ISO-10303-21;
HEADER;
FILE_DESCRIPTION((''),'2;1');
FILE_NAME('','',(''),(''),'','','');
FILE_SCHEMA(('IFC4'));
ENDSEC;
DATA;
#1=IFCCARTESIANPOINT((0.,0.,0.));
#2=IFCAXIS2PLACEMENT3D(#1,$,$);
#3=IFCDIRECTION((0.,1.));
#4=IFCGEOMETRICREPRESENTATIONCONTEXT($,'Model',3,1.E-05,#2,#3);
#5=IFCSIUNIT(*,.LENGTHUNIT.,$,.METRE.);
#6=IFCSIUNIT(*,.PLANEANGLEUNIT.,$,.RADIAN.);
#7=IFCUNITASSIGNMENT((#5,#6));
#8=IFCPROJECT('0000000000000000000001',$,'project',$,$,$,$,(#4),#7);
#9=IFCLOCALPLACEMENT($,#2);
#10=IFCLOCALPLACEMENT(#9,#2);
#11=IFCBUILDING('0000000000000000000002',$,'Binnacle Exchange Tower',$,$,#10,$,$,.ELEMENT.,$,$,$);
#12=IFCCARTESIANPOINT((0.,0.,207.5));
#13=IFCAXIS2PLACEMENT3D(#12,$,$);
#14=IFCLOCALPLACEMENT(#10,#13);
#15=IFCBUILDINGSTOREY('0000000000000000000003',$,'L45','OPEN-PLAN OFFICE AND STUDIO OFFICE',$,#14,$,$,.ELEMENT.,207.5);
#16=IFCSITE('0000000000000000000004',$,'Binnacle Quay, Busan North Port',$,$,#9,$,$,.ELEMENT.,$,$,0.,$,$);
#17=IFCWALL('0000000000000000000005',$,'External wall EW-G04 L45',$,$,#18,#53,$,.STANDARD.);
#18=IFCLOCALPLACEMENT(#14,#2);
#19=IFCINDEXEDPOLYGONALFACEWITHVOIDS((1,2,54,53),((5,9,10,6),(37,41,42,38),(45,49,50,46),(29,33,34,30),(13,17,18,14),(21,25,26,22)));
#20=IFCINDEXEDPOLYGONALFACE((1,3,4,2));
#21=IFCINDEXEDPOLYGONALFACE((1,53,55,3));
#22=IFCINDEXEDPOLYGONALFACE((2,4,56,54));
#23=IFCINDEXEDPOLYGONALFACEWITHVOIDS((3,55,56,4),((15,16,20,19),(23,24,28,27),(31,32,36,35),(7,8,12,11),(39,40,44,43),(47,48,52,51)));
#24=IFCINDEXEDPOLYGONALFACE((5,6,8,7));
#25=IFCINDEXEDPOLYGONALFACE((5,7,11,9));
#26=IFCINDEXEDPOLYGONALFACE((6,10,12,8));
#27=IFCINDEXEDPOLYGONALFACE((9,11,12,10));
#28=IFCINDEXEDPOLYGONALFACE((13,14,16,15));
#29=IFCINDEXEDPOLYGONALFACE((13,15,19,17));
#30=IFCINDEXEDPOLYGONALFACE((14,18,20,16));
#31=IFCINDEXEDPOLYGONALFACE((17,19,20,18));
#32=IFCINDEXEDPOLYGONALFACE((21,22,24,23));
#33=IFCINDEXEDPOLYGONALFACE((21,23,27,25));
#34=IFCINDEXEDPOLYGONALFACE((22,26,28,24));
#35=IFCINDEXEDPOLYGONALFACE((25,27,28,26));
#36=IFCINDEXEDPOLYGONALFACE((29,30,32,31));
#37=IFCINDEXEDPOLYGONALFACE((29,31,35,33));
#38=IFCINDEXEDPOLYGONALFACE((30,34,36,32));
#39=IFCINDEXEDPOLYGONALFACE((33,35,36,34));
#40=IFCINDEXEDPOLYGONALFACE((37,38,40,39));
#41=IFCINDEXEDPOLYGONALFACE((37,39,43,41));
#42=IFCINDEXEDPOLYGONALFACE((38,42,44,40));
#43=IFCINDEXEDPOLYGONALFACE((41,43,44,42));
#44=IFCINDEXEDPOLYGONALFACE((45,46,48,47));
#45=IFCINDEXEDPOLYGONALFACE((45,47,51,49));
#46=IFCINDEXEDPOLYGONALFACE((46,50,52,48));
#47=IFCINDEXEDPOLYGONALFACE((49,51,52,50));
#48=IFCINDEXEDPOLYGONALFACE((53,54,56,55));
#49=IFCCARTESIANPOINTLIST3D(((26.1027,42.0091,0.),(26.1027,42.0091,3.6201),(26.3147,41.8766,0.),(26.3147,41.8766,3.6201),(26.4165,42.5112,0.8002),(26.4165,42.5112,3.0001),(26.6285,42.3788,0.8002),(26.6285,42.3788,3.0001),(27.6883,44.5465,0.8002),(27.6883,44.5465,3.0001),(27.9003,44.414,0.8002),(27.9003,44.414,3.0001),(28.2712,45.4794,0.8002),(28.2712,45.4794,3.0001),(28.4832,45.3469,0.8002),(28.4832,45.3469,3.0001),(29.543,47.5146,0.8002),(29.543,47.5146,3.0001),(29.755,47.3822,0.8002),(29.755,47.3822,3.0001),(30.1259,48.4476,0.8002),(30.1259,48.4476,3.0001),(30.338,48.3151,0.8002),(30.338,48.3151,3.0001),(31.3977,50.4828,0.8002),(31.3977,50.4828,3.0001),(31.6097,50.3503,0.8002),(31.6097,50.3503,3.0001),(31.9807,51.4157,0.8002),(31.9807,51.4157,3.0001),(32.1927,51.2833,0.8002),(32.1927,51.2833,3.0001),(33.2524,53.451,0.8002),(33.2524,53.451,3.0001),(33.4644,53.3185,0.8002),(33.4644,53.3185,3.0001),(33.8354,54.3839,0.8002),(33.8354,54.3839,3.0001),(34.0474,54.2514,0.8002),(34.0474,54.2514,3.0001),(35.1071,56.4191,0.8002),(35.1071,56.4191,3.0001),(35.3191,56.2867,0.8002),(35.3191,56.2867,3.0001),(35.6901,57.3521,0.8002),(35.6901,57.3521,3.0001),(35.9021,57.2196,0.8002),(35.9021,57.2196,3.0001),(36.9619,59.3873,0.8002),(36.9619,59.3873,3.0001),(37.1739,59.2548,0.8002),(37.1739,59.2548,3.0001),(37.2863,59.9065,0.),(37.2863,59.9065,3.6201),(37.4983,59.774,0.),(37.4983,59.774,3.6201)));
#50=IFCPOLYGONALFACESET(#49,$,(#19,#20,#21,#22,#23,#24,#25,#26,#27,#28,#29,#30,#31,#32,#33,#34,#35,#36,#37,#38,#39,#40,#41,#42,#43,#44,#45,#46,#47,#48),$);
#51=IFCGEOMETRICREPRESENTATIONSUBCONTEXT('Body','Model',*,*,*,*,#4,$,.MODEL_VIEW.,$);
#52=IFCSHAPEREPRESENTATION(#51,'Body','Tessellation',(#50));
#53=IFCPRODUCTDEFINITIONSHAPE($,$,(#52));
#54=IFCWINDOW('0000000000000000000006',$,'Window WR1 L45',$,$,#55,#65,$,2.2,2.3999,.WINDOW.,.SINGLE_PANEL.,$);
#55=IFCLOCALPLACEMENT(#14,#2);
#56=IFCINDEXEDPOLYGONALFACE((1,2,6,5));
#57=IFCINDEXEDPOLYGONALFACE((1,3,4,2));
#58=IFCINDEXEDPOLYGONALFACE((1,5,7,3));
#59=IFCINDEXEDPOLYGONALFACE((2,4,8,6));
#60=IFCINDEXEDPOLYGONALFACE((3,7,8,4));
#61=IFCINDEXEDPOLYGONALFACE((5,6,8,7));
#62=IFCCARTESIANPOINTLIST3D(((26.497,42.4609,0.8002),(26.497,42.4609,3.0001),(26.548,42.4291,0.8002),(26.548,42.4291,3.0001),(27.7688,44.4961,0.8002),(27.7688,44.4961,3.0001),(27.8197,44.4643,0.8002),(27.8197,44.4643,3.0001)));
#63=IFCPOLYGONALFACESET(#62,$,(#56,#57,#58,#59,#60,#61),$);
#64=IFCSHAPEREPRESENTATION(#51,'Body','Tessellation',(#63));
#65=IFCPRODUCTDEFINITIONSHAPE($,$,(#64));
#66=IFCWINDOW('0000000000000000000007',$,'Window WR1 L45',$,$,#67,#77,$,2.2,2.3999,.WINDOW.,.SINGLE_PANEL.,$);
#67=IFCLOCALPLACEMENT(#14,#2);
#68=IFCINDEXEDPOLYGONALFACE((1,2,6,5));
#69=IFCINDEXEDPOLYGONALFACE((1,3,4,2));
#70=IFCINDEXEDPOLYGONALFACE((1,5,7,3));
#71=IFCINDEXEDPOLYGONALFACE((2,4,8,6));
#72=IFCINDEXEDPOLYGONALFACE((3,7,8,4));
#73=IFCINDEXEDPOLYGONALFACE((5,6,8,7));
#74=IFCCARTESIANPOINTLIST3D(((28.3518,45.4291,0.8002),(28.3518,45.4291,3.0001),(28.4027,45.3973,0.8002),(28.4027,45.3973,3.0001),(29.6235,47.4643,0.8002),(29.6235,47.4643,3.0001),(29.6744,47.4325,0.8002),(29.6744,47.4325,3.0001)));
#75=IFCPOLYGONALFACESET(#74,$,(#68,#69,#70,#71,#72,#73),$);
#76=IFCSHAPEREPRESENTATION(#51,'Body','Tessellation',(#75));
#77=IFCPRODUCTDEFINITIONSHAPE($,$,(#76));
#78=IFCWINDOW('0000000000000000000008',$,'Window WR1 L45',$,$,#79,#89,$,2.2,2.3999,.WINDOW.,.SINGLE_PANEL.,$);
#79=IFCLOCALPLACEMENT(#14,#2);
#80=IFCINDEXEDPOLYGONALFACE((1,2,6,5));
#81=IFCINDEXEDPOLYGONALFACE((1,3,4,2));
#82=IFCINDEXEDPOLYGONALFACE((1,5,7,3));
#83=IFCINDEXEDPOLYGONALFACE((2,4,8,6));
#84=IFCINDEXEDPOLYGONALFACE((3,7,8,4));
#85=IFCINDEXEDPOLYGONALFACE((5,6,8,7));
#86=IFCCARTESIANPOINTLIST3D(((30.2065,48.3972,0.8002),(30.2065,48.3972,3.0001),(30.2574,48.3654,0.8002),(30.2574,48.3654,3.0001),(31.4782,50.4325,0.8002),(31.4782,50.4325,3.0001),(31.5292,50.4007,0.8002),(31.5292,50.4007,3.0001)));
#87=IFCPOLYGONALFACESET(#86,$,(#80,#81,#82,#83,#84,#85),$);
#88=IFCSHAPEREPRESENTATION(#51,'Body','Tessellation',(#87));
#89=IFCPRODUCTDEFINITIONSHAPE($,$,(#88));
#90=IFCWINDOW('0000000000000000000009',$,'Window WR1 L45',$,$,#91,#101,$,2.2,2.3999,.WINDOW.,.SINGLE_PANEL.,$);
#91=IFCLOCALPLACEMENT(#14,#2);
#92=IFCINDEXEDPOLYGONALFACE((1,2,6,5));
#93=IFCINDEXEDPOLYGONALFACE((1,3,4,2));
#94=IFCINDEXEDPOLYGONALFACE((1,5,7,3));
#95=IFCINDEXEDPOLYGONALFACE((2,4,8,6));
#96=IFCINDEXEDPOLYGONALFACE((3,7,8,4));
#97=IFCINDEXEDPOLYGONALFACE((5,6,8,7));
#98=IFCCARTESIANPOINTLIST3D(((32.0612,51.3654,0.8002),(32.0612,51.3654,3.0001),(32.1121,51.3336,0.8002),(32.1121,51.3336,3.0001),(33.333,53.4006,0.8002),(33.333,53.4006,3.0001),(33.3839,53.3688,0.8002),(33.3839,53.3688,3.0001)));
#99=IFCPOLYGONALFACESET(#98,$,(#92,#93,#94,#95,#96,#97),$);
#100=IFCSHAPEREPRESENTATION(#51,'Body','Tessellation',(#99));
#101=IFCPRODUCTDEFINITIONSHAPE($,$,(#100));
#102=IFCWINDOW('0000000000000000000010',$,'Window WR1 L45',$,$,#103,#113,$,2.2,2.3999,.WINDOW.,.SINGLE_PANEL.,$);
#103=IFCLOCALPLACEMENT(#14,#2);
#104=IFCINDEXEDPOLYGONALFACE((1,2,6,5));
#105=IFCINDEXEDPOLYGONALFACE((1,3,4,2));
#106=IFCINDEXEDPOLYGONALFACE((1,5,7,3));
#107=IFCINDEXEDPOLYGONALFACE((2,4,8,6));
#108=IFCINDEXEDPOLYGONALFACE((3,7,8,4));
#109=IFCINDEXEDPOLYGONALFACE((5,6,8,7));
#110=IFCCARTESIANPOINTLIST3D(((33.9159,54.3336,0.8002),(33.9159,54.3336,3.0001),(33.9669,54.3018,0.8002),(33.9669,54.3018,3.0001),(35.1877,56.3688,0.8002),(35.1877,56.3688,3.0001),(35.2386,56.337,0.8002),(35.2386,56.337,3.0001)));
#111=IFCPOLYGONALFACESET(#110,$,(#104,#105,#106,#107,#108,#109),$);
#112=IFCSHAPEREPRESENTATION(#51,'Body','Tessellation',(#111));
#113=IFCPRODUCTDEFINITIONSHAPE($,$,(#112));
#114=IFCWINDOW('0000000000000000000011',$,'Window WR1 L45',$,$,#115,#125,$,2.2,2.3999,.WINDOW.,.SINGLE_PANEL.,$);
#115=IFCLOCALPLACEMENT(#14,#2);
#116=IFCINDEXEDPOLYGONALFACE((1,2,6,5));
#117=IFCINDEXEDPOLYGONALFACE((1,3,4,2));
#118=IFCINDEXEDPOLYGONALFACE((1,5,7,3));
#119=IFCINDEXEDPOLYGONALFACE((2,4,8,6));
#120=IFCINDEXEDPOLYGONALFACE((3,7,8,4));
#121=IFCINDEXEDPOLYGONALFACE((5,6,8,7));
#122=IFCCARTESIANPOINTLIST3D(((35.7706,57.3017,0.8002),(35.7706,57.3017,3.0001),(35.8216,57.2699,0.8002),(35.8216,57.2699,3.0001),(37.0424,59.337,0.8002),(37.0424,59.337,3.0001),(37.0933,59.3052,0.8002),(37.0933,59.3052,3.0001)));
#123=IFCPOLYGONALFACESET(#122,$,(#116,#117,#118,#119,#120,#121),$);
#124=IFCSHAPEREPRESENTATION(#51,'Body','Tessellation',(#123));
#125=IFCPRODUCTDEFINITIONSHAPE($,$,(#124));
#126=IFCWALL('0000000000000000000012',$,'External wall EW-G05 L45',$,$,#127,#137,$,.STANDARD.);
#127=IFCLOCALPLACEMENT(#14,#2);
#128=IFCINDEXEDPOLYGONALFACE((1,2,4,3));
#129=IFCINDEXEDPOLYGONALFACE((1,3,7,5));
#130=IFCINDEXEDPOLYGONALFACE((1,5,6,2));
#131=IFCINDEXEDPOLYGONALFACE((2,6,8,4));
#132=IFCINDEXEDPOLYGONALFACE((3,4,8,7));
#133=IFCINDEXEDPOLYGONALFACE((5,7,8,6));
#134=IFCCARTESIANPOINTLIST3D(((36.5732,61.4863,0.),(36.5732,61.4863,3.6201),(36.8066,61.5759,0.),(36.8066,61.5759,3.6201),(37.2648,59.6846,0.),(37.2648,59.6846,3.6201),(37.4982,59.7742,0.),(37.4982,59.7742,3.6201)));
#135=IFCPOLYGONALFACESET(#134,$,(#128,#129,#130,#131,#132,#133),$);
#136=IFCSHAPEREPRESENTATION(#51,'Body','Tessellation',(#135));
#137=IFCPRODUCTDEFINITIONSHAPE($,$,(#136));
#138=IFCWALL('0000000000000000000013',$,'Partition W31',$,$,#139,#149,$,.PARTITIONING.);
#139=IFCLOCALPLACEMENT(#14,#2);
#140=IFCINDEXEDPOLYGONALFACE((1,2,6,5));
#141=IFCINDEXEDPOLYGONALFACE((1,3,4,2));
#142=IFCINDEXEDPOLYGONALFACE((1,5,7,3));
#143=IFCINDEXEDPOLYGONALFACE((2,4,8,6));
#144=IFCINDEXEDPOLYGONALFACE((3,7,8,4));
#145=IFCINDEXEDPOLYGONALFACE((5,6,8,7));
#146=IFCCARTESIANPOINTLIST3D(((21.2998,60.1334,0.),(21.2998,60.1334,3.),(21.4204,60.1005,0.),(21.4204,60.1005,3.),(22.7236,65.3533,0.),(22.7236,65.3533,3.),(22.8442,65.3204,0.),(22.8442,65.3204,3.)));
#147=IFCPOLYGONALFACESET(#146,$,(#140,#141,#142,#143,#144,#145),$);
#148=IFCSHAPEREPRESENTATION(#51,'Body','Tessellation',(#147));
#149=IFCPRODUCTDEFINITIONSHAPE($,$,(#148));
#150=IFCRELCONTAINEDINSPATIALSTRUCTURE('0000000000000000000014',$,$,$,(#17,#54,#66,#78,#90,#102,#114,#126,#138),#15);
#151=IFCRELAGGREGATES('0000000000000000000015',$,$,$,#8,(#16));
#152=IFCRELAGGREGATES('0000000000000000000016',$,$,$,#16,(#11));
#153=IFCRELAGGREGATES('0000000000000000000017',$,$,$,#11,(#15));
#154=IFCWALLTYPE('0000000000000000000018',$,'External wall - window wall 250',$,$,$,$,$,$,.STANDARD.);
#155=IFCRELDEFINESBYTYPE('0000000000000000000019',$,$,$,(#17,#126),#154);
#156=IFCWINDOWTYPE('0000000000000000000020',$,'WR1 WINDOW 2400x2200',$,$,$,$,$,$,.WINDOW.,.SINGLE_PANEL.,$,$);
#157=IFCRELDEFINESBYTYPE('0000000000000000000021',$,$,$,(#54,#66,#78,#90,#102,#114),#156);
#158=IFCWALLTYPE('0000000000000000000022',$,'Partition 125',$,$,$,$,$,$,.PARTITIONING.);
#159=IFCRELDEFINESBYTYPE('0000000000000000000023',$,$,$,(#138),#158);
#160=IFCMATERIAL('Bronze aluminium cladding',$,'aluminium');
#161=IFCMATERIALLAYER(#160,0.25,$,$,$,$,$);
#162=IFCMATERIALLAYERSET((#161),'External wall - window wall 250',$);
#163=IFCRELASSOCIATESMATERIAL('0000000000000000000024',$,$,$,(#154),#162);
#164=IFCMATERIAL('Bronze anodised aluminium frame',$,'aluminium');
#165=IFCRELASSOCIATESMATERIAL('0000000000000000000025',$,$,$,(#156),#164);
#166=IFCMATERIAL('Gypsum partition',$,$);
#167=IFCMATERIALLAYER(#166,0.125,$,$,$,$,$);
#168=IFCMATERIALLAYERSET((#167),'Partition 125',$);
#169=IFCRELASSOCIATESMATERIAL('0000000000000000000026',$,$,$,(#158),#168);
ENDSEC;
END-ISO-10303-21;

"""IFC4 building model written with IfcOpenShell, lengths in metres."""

from ifc_helpers import new_model, si_unit, direction, frame, frame_2d, origin, place, context, subcontext, project, spatial, rectangle, extrude, material, layer, layer_set, type_object, element, fill, save


model = new_model("IFC4")

# Units and contexts
model_context = context("Model", 3, precision=1e-05, world=origin(), true_north=direction((0.0, 1.0)))
body_context = subcontext(model_context, "Body", "Model", "MODEL_VIEW")
ifc_project = project(units=[si_unit("LENGTHUNIT", "METRE"), si_unit("PLANEANGLEUNIT", "RADIAN")], contexts=[model_context])

# Site, building, storey
site_placement = place(None, origin())
site = spatial("IfcSite", under=ifc_project, at=site_placement, Name="Binnacle Quay, Busan North Port", CompositionType="ELEMENT", RefElevation=0.0)
building_placement = place(site_placement, origin())
building = spatial("IfcBuilding", under=site, at=building_placement, Name="Binnacle Exchange Tower", CompositionType="ELEMENT")
storey_placement = place(building_placement, frame((0.0, 0.0, 207.5)))
storey = spatial("IfcBuildingStorey", under=building, at=storey_placement, Name="L45", Description="OPEN-PLAN OFFICE AND STUDIO OFFICE", CompositionType="ELEMENT", Elevation=207.5)

# Wall, openings, windows
ifc_material_1 = material(Name="Bronze aluminium cladding", Category="aluminium")
ifc_layer_1 = layer(ifc_material_1, 0.25)
ifc_layer_set_1 = layer_set([ifc_layer_1], Name="External wall - window wall 250")
wall_type_1 = type_object("IfcWallType", Name="External wall - window wall 250", PredefinedType="STANDARD", material=ifc_layer_set_1)
wall_1_placement = place(storey_placement, frame((37.3923, 59.8403, 0.0), z_axis=(0.0, 0.0, 1.0), x_axis=(-0.52992, -0.848048, 0.0)))
wall_1 = element("IfcWall", 1, at=wall_1_placement, inside=storey, type_object=wall_type_1, Name="External wall EW-G04 L45", PredefinedType="STANDARD", context=body_context, shape_type="SweptSolid", body=[
    extrude(rectangle(XDim=21.1042, YDim=0.25, at=frame_2d((10.5522, 0.0))), origin(), (0.0, 0.0, 1.0), 3.6201),
])
opening_1_placement = place(wall_1_placement, frame((18.1123, 0.0, 0.8)))
opening_1 = element("IfcOpeningElement", 2, at=opening_1_placement, cuts=wall_1, PredefinedType="OPENING", context=body_context, shape_type="SweptSolid", body=[
    extrude(rectangle(XDim=2.3999, YDim=2.2, at=frame_2d((1.2, 1.1001))), frame((0.0, 0.135, 0.0), z_axis=(0.0, -1.0, 0.0), x_axis=(1.0, 0.0, 0.0)), (0.0, 0.0, 1.0), 0.27),
])
opening_2_placement = place(wall_1_placement, frame((14.6123, 0.0, 0.8)))
opening_2 = element("IfcOpeningElement", 3, at=opening_2_placement, cuts=wall_1, PredefinedType="OPENING", context=body_context, shape_type="SweptSolid", body=[
    extrude(rectangle(XDim=2.3999, YDim=2.2, at=frame_2d((1.2, 1.1001))), frame((0.0, 0.135, 0.0), z_axis=(0.0, -1.0, 0.0), x_axis=(1.0, 0.0, 0.0)), (0.0, 0.0, 1.0), 0.27),
])
opening_3_placement = place(wall_1_placement, frame((11.1123, 0.0, 0.8)))
opening_3 = element("IfcOpeningElement", 4, at=opening_3_placement, cuts=wall_1, PredefinedType="OPENING", context=body_context, shape_type="SweptSolid", body=[
    extrude(rectangle(XDim=2.3999, YDim=2.2, at=frame_2d((1.2, 1.1001))), frame((0.0, 0.135, 0.0), z_axis=(0.0, -1.0, 0.0), x_axis=(1.0, 0.0, 0.0)), (0.0, 0.0, 1.0), 0.27),
])
opening_4_placement = place(wall_1_placement, frame((7.6123, 0.0, 0.8)))
opening_4 = element("IfcOpeningElement", 5, at=opening_4_placement, cuts=wall_1, PredefinedType="OPENING", context=body_context, shape_type="SweptSolid", body=[
    extrude(rectangle(XDim=2.3999, YDim=2.2, at=frame_2d((1.2, 1.1001))), frame((0.0, 0.135, 0.0), z_axis=(0.0, -1.0, 0.0), x_axis=(1.0, 0.0, 0.0)), (0.0, 0.0, 1.0), 0.27),
])
opening_5_placement = place(wall_1_placement, frame((4.1123, 0.0, 0.8)))
opening_5 = element("IfcOpeningElement", 6, at=opening_5_placement, cuts=wall_1, PredefinedType="OPENING", context=body_context, shape_type="SweptSolid", body=[
    extrude(rectangle(XDim=2.3999, YDim=2.2, at=frame_2d((1.2, 1.1001))), frame((0.0, 0.135, 0.0), z_axis=(0.0, -1.0, 0.0), x_axis=(1.0, 0.0, 0.0)), (0.0, 0.0, 1.0), 0.27),
])
opening_6_placement = place(wall_1_placement, frame((0.6123, 0.0, 0.8)))
opening_6 = element("IfcOpeningElement", 7, at=opening_6_placement, cuts=wall_1, PredefinedType="OPENING", context=body_context, shape_type="SweptSolid", body=[
    extrude(rectangle(XDim=2.3999, YDim=2.2, at=frame_2d((1.2, 1.1001))), frame((0.0, 0.135, 0.0), z_axis=(0.0, -1.0, 0.0), x_axis=(1.0, 0.0, 0.0)), (0.0, 0.0, 1.0), 0.27),
])
ifc_material_2 = material(Name="Bronze anodised aluminium frame", Category="aluminium")
window_type = type_object("IfcWindowType", Name="WR1 WINDOW 2400x2200", PartitioningType="SINGLE_PANEL", PredefinedType="WINDOW", material=ifc_material_2)
window_1_placement = place(opening_1_placement, origin())
window_1 = element("IfcWindow", 8, at=window_1_placement, inside=storey, type_object=window_type, Name="Window WR1 L45", OverallHeight=2.2, OverallWidth=2.3999, PartitioningType="SINGLE_PANEL", PredefinedType="WINDOW", context=body_context, shape_type="SweptSolid", body=[
    extrude(rectangle(XDim=2.3999, YDim=2.2, at=frame_2d((1.2, 1.1001))), frame((0.0, 0.03, 0.0), z_axis=(0.0, -1.0, 0.0), x_axis=(1.0, 0.0, 0.0)), (0.0, 0.0, 1.0), 0.0601),
])
fill(opening_1, window_1)
window_2_placement = place(opening_2_placement, origin())
window_2 = element("IfcWindow", 9, at=window_2_placement, inside=storey, type_object=window_type, Name="Window WR1 L45", OverallHeight=2.2, OverallWidth=2.3999, PartitioningType="SINGLE_PANEL", PredefinedType="WINDOW", context=body_context, shape_type="SweptSolid", body=[
    extrude(rectangle(XDim=2.3999, YDim=2.2, at=frame_2d((1.2, 1.1001))), frame((0.0, 0.03, 0.0), z_axis=(0.0, -1.0, 0.0), x_axis=(1.0, 0.0, 0.0)), (0.0, 0.0, 1.0), 0.0601),
])
fill(opening_2, window_2)
window_3_placement = place(opening_3_placement, origin())
window_3 = element("IfcWindow", 10, at=window_3_placement, inside=storey, type_object=window_type, Name="Window WR1 L45", OverallHeight=2.2, OverallWidth=2.3999, PartitioningType="SINGLE_PANEL", PredefinedType="WINDOW", context=body_context, shape_type="SweptSolid", body=[
    extrude(rectangle(XDim=2.3999, YDim=2.2, at=frame_2d((1.2, 1.1001))), frame((0.0, 0.03, 0.0), z_axis=(0.0, -1.0, 0.0), x_axis=(1.0, 0.0, 0.0)), (0.0, 0.0, 1.0), 0.0601),
])
fill(opening_3, window_3)
window_4_placement = place(opening_4_placement, origin())
window_4 = element("IfcWindow", 11, at=window_4_placement, inside=storey, type_object=window_type, Name="Window WR1 L45", OverallHeight=2.2, OverallWidth=2.3999, PartitioningType="SINGLE_PANEL", PredefinedType="WINDOW", context=body_context, shape_type="SweptSolid", body=[
    extrude(rectangle(XDim=2.3999, YDim=2.2, at=frame_2d((1.2, 1.1001))), frame((0.0, 0.03, 0.0), z_axis=(0.0, -1.0, 0.0), x_axis=(1.0, 0.0, 0.0)), (0.0, 0.0, 1.0), 0.0601),
])
fill(opening_4, window_4)
window_5_placement = place(opening_5_placement, origin())
window_5 = element("IfcWindow", 12, at=window_5_placement, inside=storey, type_object=window_type, Name="Window WR1 L45", OverallHeight=2.2, OverallWidth=2.3999, PartitioningType="SINGLE_PANEL", PredefinedType="WINDOW", context=body_context, shape_type="SweptSolid", body=[
    extrude(rectangle(XDim=2.3999, YDim=2.2, at=frame_2d((1.2, 1.1001))), frame((0.0, 0.03, 0.0), z_axis=(0.0, -1.0, 0.0), x_axis=(1.0, 0.0, 0.0)), (0.0, 0.0, 1.0), 0.0601),
])
fill(opening_5, window_5)
window_6_placement = place(opening_6_placement, origin())
window_6 = element("IfcWindow", 13, at=window_6_placement, inside=storey, type_object=window_type, Name="Window WR1 L45", OverallHeight=2.2, OverallWidth=2.3999, PartitioningType="SINGLE_PANEL", PredefinedType="WINDOW", context=body_context, shape_type="SweptSolid", body=[
    extrude(rectangle(XDim=2.3999, YDim=2.2, at=frame_2d((1.2, 1.1001))), frame((0.0, 0.03, 0.0), z_axis=(0.0, -1.0, 0.0), x_axis=(1.0, 0.0, 0.0)), (0.0, 0.0, 1.0), 0.0601),
])
fill(opening_6, window_6)

# Walls
wall_2_placement = place(storey_placement, frame((36.6899, 61.531, 0.0), z_axis=(0.0, 0.0, 1.0), x_axis=(0.358377, -0.933577, 0.0)))
element("IfcWall", 14, at=wall_2_placement, inside=storey, type_object=wall_type_1, Name="External wall EW-G05 L45", PredefinedType="STANDARD", context=body_context, shape_type="SweptSolid", body=[
    extrude(rectangle(XDim=1.9299, YDim=0.25, at=frame_2d((0.9648, 0.0))), origin(), (0.0, 0.0, 1.0), 3.6201),
])
ifc_material_3 = material(Name="Gypsum partition")
ifc_layer_2 = layer(ifc_material_3, 0.125)
ifc_layer_set_2 = layer_set([ifc_layer_2], Name="Partition 125")
wall_type_2 = type_object("IfcWallType", Name="Partition 125", PredefinedType="PARTITIONING", material=ifc_layer_set_2)
wall_3_placement = place(storey_placement, frame((21.3601, 60.1169, 0.0), z_axis=(0.0, 0.0, 1.0), x_axis=(0.263152, 0.964754, 0.0)))
element("IfcWall", 15, at=wall_3_placement, inside=storey, type_object=wall_type_2, Name="Partition W31", PredefinedType="PARTITIONING", context=body_context, shape_type="SweptSolid", body=[
    extrude(rectangle(XDim=5.4106, YDim=0.125, at=frame_2d((2.7053, 0.0))), origin(), (0.0, 0.0, 1.0), 3.0),
])

save(model, "model.ifc")
